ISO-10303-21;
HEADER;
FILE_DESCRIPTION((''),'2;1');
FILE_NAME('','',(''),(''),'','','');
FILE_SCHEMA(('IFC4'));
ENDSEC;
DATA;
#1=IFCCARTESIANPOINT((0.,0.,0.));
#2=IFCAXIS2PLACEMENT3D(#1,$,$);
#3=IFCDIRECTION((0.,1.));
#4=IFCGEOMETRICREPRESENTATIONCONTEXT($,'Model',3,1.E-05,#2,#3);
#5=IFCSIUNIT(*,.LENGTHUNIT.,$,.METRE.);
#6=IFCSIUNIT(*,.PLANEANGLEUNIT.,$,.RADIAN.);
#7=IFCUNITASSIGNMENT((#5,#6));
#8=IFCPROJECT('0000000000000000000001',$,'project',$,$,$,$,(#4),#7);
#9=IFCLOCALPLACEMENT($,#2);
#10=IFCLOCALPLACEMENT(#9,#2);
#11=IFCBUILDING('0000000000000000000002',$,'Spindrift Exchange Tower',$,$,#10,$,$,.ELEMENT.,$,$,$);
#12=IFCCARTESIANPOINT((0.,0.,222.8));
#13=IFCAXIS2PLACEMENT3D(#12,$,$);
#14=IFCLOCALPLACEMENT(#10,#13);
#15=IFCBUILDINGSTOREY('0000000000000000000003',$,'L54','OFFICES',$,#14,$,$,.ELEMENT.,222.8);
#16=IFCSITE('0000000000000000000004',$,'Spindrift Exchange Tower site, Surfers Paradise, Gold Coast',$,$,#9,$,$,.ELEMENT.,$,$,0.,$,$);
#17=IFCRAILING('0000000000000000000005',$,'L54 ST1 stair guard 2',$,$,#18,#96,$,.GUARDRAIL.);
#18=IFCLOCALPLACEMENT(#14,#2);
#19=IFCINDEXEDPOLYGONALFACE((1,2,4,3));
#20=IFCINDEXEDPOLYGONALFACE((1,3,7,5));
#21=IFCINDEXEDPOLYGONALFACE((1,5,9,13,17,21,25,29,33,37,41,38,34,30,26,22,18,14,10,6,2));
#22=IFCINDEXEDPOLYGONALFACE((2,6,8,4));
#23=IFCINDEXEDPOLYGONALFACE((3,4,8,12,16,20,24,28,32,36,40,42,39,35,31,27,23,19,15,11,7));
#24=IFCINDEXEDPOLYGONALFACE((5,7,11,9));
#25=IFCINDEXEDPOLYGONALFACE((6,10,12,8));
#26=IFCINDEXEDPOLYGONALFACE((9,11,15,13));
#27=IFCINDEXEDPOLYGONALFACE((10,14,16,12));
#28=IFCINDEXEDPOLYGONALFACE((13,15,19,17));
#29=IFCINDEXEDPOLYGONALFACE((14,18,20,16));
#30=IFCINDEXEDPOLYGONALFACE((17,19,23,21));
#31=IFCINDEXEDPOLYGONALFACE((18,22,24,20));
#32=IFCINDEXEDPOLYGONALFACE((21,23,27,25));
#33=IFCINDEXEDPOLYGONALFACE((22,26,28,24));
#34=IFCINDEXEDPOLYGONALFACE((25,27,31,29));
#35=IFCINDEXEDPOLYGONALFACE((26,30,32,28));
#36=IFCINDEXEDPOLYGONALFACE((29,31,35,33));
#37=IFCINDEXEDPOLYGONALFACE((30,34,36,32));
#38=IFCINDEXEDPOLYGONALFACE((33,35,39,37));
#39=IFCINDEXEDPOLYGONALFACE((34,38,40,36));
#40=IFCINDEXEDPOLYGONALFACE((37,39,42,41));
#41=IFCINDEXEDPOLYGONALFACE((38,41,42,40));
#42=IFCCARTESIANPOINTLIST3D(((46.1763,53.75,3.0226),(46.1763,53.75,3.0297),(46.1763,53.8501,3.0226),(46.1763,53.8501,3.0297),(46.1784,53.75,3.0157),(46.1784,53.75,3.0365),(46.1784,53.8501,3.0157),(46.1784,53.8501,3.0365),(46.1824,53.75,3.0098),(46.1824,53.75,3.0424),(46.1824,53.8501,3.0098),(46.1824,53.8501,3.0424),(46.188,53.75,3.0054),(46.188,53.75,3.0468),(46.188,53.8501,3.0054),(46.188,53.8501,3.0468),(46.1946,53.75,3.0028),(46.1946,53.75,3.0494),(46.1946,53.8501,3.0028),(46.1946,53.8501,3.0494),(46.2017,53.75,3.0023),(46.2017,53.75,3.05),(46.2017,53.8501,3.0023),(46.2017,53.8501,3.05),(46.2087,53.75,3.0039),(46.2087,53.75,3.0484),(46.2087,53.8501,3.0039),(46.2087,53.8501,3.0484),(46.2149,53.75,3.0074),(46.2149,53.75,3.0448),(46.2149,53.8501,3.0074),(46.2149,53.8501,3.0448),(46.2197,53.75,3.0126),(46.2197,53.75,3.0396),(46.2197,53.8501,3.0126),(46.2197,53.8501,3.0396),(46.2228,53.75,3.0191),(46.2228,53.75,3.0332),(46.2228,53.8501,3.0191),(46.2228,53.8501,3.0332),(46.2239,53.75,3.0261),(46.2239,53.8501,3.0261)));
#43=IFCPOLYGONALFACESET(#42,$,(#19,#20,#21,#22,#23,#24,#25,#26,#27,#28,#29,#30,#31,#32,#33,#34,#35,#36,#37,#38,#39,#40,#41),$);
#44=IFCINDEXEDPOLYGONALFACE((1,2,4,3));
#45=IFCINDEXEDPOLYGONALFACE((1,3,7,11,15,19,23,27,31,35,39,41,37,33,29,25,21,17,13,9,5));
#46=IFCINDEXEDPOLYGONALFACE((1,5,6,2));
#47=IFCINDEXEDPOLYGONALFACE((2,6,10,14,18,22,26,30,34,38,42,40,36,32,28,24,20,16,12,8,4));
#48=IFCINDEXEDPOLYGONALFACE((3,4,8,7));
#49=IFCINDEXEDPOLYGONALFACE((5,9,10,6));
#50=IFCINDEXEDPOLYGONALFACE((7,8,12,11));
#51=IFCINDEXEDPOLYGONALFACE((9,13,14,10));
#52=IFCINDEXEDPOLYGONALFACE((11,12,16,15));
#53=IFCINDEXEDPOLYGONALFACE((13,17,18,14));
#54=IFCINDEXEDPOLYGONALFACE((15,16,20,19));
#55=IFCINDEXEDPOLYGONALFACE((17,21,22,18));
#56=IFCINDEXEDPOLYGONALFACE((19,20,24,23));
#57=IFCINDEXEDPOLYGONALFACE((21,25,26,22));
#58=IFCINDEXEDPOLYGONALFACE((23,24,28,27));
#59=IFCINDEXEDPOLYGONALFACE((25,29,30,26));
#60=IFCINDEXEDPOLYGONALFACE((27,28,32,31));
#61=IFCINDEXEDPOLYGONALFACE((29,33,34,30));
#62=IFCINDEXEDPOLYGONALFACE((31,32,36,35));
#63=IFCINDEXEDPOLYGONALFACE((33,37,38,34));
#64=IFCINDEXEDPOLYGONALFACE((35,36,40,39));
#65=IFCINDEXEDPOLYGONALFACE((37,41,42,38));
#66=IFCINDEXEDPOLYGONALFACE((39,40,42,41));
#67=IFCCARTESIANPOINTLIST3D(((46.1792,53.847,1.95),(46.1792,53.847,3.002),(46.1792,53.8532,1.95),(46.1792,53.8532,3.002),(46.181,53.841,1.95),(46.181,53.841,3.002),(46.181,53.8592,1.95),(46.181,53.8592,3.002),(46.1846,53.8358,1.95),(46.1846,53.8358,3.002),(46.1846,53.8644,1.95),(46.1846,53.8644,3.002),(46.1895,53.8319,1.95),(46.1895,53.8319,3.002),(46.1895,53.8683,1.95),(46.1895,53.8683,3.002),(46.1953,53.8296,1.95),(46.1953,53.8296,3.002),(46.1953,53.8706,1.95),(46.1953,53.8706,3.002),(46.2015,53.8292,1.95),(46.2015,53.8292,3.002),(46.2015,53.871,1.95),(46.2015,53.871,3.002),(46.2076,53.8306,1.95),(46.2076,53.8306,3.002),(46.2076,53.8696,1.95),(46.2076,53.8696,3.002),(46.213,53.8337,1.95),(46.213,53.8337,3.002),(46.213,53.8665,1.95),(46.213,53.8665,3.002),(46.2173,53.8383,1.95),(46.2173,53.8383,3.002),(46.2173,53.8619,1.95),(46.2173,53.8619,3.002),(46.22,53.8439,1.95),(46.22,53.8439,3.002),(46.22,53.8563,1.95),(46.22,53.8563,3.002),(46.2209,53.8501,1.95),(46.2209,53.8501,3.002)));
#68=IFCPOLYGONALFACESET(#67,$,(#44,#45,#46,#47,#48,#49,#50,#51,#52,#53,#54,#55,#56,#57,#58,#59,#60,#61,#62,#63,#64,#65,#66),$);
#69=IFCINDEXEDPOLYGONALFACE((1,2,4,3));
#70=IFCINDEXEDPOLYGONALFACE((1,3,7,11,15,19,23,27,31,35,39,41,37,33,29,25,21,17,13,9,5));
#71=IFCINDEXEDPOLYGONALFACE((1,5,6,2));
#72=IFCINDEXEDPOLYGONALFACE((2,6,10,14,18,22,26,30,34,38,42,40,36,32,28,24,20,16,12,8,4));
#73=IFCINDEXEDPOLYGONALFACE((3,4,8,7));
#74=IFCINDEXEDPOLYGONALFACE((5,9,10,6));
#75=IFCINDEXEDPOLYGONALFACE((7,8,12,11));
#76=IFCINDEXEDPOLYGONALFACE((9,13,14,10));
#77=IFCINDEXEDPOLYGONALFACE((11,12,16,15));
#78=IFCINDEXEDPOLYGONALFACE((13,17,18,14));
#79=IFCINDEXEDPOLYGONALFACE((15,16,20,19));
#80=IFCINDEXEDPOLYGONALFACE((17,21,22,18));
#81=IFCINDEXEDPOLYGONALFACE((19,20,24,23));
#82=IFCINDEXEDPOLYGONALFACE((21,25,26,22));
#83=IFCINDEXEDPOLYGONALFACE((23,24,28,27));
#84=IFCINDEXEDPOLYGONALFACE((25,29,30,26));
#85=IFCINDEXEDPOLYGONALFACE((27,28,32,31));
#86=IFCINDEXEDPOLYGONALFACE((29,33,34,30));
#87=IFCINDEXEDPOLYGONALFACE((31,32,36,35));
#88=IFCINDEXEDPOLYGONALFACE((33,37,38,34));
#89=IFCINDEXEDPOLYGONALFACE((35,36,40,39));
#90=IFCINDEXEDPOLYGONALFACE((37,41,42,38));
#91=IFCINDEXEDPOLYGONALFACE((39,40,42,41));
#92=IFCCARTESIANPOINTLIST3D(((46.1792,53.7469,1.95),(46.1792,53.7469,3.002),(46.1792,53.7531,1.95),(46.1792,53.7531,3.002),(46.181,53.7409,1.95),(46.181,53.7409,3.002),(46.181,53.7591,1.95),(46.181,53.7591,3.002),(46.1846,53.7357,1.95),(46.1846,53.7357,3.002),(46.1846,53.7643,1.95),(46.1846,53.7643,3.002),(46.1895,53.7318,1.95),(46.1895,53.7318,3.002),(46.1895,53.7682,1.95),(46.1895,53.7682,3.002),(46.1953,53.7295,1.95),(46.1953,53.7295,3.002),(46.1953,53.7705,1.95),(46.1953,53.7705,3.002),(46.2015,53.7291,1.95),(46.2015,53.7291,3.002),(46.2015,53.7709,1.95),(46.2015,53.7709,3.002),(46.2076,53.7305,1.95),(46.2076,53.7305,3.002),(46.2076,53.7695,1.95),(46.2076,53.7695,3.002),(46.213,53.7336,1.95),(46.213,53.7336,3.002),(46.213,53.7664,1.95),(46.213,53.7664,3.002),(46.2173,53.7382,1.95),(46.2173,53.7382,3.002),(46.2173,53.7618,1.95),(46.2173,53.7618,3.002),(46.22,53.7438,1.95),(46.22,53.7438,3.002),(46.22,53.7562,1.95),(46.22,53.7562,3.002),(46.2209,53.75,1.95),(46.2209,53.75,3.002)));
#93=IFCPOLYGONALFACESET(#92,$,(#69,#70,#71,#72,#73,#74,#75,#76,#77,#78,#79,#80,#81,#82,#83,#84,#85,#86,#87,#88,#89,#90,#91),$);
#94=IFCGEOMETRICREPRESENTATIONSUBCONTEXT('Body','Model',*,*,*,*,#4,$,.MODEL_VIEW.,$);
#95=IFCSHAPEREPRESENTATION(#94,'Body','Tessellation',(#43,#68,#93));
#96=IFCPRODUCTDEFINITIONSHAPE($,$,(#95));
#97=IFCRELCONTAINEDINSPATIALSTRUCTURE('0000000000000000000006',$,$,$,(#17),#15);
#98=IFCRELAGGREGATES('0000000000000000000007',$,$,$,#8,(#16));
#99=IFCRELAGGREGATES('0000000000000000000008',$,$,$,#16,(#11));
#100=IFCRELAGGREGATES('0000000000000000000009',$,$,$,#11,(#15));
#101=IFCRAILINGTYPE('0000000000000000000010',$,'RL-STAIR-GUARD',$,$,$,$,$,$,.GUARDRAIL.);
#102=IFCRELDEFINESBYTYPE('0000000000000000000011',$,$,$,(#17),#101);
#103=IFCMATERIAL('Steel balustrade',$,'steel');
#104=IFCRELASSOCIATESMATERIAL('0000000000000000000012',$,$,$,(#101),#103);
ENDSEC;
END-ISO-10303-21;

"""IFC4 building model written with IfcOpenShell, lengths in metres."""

from ifc_helpers import new_model, si_unit, direction, frame, origin, origin_2d, place, context, subcontext, project, spatial, circle, extrude, material, type_object, element, save


model = new_model("IFC4")

# Units and contexts
model_context = context("Model", 3, precision=1e-05, world=origin(), true_north=direction((0.0, 1.0)))
body_context = subcontext(model_context, "Body", "Model", "MODEL_VIEW")
ifc_project = project(units=[si_unit("LENGTHUNIT", "METRE"), si_unit("PLANEANGLEUNIT", "RADIAN")], contexts=[model_context])

# Site, building, storey
site_placement = place(None, origin())
site = spatial("IfcSite", under=ifc_project, at=site_placement, Name="Spindrift Exchange Tower site, Surfers Paradise, Gold Coast", CompositionType="ELEMENT", RefElevation=0.0)
building_placement = place(site_placement, origin())
building = spatial("IfcBuilding", under=site, at=building_placement, Name="Spindrift Exchange Tower", CompositionType="ELEMENT")
storey_placement = place(building_placement, frame((0.0, 0.0, 222.8)))
storey = spatial("IfcBuildingStorey", under=building, at=storey_placement, Name="L54", Description="OFFICES", CompositionType="ELEMENT", Elevation=222.8)

# Railing
ifc_material_1 = material(Name="Steel balustrade", Category="steel")
railing_type_1 = type_object("IfcRailingType", Name="RL-STAIR-GUARD", PredefinedType="GUARDRAIL", material=ifc_material_1)
railing_1_placement = place(storey_placement, frame((46.2, 53.8501, 1.95)))
element("IfcRailing", 1, at=railing_1_placement, inside=storey, type_object=railing_type_1, Name="L54 ST1 stair guard 2", PredefinedType="GUARDRAIL", context=body_context, shape_type="SweptSolid", body=[
    extrude(circle(Radius=0.0239, at=origin_2d()), frame((0.0, 0.0, 1.0762), z_axis=(0.0, -1.0, 0.0), x_axis=(1.0, 0.0, 0.0)), (0.0, 0.0, 1.0), 0.1001),
    extrude(circle(Radius=0.021, at=origin_2d()), origin(), (0.0, 0.0, 1.0), 1.052),
    extrude(circle(Radius=0.021, at=origin_2d()), frame((0.0, -0.1001, 0.0)), (0.0, 0.0, 1.0), 1.052),
])

save(model, "model.ifc")
